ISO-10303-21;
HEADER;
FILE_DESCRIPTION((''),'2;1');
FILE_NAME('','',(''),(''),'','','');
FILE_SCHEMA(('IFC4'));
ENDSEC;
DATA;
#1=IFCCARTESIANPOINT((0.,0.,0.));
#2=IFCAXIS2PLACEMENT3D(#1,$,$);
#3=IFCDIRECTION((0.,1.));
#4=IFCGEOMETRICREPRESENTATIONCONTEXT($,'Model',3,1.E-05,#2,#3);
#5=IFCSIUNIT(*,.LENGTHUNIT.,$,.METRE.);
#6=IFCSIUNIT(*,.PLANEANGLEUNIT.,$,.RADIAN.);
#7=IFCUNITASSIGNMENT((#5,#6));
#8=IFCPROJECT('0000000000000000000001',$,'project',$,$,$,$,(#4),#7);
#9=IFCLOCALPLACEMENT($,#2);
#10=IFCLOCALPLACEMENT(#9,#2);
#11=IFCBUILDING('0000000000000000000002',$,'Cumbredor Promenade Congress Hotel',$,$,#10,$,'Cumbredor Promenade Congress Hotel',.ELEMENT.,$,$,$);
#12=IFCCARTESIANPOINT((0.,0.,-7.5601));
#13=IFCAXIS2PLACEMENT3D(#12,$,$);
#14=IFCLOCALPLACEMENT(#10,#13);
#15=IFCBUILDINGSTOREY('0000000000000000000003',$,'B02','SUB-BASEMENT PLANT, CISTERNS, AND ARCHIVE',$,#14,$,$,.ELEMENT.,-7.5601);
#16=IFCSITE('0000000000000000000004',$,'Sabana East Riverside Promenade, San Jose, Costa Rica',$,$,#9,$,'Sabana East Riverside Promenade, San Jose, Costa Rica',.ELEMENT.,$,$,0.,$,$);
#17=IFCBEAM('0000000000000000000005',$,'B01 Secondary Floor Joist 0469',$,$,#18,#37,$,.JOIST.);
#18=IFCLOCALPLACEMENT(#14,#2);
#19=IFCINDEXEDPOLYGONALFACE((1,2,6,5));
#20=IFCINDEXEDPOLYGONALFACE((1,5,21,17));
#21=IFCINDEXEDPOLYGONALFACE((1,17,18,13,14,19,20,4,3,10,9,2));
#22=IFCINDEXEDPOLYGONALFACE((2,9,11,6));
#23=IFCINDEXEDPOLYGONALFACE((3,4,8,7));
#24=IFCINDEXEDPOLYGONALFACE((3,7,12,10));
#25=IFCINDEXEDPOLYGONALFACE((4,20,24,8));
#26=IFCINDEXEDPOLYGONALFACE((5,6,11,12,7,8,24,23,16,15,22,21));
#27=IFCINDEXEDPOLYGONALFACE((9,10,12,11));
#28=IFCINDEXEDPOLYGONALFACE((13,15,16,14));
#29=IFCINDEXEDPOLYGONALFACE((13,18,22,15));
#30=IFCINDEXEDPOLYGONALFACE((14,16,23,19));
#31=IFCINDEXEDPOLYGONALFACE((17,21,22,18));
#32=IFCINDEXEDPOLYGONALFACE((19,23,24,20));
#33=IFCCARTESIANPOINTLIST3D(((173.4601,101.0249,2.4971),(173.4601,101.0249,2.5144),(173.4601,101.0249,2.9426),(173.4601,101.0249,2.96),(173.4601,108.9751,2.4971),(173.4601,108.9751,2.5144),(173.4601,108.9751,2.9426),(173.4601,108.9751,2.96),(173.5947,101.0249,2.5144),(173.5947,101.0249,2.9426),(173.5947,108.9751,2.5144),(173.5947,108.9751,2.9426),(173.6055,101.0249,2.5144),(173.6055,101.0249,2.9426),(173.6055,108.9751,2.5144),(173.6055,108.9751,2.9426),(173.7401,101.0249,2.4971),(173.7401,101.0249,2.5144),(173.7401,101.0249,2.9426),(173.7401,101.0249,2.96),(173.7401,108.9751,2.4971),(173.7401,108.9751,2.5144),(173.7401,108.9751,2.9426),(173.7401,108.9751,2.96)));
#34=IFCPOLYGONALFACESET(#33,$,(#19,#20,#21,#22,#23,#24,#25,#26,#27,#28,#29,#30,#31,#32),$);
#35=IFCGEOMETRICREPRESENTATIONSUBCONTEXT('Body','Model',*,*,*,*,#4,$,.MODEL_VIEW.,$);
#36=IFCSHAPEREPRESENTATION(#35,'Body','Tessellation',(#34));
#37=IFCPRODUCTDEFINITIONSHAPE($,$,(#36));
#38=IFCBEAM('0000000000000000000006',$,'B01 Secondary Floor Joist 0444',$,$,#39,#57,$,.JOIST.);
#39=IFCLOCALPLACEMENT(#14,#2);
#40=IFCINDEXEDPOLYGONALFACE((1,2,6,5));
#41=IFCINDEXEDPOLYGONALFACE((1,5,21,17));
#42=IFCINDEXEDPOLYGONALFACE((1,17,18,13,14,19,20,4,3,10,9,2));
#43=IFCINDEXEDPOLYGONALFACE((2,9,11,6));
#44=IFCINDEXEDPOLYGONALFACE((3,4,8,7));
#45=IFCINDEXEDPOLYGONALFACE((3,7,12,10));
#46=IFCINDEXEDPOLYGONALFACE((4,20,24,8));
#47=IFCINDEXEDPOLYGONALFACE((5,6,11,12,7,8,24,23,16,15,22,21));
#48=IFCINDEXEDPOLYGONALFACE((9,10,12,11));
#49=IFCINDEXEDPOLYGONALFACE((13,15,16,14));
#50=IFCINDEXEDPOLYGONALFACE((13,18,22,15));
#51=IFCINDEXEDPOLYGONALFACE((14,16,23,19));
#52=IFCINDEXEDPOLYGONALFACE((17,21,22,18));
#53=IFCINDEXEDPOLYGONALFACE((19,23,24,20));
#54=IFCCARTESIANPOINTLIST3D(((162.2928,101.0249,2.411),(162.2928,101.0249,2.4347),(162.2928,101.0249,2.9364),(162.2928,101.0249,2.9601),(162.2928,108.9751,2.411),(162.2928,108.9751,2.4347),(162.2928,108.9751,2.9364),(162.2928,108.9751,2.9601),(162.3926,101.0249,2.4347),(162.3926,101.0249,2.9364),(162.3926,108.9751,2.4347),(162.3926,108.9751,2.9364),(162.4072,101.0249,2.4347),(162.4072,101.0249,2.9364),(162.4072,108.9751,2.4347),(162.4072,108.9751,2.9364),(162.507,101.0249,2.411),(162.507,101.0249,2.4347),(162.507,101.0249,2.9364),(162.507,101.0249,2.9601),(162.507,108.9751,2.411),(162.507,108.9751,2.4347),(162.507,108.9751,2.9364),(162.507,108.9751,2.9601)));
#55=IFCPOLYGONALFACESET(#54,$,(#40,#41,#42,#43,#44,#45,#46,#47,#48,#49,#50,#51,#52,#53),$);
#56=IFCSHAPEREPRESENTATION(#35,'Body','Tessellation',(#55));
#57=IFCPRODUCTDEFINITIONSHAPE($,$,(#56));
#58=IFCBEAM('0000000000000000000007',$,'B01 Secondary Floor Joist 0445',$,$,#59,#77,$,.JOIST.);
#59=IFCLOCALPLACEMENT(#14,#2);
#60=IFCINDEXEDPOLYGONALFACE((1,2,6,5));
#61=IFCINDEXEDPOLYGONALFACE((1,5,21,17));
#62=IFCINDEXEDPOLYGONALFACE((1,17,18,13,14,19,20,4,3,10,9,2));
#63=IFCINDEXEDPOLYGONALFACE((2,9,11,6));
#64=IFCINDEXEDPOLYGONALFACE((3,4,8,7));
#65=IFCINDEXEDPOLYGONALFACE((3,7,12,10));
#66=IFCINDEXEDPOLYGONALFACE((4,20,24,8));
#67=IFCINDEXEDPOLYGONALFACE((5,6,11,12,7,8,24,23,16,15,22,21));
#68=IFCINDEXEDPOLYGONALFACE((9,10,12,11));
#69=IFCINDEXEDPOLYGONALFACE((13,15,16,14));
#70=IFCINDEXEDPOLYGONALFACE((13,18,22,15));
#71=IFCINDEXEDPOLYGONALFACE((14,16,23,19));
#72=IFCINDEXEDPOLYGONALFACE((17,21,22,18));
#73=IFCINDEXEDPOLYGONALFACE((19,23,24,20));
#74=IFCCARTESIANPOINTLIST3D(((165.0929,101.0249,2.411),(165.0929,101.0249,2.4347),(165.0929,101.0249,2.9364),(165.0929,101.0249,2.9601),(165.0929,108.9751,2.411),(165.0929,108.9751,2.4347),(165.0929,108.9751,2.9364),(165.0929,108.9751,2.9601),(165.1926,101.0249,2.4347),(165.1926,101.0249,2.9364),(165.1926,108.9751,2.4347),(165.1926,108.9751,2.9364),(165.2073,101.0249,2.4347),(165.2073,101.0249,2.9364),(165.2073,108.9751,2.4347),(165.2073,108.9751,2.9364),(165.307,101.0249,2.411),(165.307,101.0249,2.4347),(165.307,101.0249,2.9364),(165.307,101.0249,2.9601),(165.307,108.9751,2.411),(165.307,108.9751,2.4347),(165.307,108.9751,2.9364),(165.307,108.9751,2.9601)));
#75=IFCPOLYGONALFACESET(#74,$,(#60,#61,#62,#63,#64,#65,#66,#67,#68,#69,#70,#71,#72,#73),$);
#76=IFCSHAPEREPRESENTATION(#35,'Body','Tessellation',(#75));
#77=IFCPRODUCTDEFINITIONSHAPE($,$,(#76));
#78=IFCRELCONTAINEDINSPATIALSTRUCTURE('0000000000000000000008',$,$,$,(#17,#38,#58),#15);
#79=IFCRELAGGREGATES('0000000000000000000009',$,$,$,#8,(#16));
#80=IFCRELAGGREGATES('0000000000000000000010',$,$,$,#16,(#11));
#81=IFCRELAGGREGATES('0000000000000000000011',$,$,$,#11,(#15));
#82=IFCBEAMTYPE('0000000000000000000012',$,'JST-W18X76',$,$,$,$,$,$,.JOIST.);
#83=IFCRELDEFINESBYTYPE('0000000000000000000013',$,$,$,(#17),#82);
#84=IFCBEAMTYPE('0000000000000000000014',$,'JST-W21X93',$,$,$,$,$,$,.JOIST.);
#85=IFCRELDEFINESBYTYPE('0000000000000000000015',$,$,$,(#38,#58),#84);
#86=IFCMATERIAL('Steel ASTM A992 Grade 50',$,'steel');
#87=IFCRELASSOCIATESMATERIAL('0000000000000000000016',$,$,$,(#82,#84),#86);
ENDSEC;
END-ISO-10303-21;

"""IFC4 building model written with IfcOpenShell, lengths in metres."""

from ifc_helpers import new_model, si_unit, direction, frame, origin, origin_2d, place, context, subcontext, project, spatial, i_section, extrude, material, material_profile, profile_set, type_object, element, save


model = new_model("IFC4")

# Units and contexts
model_context = context("Model", 3, precision=1e-05, world=origin(), true_north=direction((0.0, 1.0)))
body_context = subcontext(model_context, "Body", "Model", "MODEL_VIEW")
ifc_project = project(units=[si_unit("LENGTHUNIT", "METRE"), si_unit("PLANEANGLEUNIT", "RADIAN")], contexts=[model_context])

# Site, building, storey
site_placement = place(None, origin())
site = spatial("IfcSite", under=ifc_project, at=site_placement, Name="Sabana East Riverside Promenade, San Jose, Costa Rica", LongName="Sabana East Riverside Promenade, San Jose, Costa Rica", CompositionType="ELEMENT", RefElevation=0.0)
building_placement = place(site_placement, origin())
building = spatial("IfcBuilding", under=site, at=building_placement, Name="Cumbredor Promenade Congress Hotel", LongName="Cumbredor Promenade Congress Hotel", CompositionType="ELEMENT")
storey_placement = place(building_placement, frame((0.0, 0.0, -7.5601)))
storey = spatial("IfcBuildingStorey", under=building, at=storey_placement, Name="B02", Description="SUB-BASEMENT PLANT, CISTERNS, AND ARCHIVE", CompositionType="ELEMENT", Elevation=-7.5601)

# Beams
ifc_material_1 = material(Name="Steel ASTM A992 Grade 50", Category="steel")
ifc_material_profile_1 = material_profile(ifc_material_1, i_section(OverallWidth=0.28, OverallDepth=0.4629, WebThickness=0.0107, FlangeThickness=0.0173, at=origin_2d()), Name="W18X76")
ifc_profile_set_1 = profile_set([ifc_material_profile_1], Name="Steel ASTM A992 Grade 50")
beam_type_1 = type_object("IfcBeamType", Name="JST-W18X76", PredefinedType="JOIST", material=ifc_profile_set_1)
for number, where, z_axis, x_axis, name in (
    (1, (173.6001, 101.0249, 2.7285), (0.0, 1.0, 0.0), (-1.0, 0.0, 0.0), "B01 Secondary Floor Joist 0469"),
):
    element("IfcBeam", number, at=place(storey_placement, frame(where, z_axis=z_axis, x_axis=x_axis)), inside=storey, type_object=beam_type_1, Name=name, PredefinedType="JOIST", context=body_context, shape_type="SweptSolid", body=[
        extrude(i_section(OverallWidth=0.28, OverallDepth=0.4629, WebThickness=0.0107, FlangeThickness=0.0173, at=origin_2d()), origin(), (0.0, 0.0, 1.0), 7.9502),
    ])
ifc_material_profile_2 = material_profile(ifc_material_1, i_section(OverallWidth=0.2141, OverallDepth=0.5491, WebThickness=0.0146, FlangeThickness=0.0237, at=origin_2d()), Name="W21X93")
ifc_profile_set_2 = profile_set([ifc_material_profile_2], Name="Steel ASTM A992 Grade 50")
beam_type_2 = type_object("IfcBeamType", Name="JST-W21X93", PredefinedType="JOIST", material=ifc_profile_set_2)
for number, where, z_axis, x_axis, name in (
    (2, (162.3999, 101.0249, 2.6855), (0.0, 1.0, 0.0), (-1.0, 0.0, 0.0), "B01 Secondary Floor Joist 0444"),
    (3, (165.2, 101.0249, 2.6855), (0.0, 1.0, 0.0), (-1.0, 0.0, 0.0), "B01 Secondary Floor Joist 0445"),
):
    element("IfcBeam", number, at=place(storey_placement, frame(where, z_axis=z_axis, x_axis=x_axis)), inside=storey, type_object=beam_type_2, Name=name, PredefinedType="JOIST", context=body_context, shape_type="SweptSolid", body=[
        extrude(i_section(OverallWidth=0.2141, OverallDepth=0.5491, WebThickness=0.0146, FlangeThickness=0.0237, at=origin_2d()), origin(), (0.0, 0.0, 1.0), 7.9502),
    ])

save(model, "model.ifc")
